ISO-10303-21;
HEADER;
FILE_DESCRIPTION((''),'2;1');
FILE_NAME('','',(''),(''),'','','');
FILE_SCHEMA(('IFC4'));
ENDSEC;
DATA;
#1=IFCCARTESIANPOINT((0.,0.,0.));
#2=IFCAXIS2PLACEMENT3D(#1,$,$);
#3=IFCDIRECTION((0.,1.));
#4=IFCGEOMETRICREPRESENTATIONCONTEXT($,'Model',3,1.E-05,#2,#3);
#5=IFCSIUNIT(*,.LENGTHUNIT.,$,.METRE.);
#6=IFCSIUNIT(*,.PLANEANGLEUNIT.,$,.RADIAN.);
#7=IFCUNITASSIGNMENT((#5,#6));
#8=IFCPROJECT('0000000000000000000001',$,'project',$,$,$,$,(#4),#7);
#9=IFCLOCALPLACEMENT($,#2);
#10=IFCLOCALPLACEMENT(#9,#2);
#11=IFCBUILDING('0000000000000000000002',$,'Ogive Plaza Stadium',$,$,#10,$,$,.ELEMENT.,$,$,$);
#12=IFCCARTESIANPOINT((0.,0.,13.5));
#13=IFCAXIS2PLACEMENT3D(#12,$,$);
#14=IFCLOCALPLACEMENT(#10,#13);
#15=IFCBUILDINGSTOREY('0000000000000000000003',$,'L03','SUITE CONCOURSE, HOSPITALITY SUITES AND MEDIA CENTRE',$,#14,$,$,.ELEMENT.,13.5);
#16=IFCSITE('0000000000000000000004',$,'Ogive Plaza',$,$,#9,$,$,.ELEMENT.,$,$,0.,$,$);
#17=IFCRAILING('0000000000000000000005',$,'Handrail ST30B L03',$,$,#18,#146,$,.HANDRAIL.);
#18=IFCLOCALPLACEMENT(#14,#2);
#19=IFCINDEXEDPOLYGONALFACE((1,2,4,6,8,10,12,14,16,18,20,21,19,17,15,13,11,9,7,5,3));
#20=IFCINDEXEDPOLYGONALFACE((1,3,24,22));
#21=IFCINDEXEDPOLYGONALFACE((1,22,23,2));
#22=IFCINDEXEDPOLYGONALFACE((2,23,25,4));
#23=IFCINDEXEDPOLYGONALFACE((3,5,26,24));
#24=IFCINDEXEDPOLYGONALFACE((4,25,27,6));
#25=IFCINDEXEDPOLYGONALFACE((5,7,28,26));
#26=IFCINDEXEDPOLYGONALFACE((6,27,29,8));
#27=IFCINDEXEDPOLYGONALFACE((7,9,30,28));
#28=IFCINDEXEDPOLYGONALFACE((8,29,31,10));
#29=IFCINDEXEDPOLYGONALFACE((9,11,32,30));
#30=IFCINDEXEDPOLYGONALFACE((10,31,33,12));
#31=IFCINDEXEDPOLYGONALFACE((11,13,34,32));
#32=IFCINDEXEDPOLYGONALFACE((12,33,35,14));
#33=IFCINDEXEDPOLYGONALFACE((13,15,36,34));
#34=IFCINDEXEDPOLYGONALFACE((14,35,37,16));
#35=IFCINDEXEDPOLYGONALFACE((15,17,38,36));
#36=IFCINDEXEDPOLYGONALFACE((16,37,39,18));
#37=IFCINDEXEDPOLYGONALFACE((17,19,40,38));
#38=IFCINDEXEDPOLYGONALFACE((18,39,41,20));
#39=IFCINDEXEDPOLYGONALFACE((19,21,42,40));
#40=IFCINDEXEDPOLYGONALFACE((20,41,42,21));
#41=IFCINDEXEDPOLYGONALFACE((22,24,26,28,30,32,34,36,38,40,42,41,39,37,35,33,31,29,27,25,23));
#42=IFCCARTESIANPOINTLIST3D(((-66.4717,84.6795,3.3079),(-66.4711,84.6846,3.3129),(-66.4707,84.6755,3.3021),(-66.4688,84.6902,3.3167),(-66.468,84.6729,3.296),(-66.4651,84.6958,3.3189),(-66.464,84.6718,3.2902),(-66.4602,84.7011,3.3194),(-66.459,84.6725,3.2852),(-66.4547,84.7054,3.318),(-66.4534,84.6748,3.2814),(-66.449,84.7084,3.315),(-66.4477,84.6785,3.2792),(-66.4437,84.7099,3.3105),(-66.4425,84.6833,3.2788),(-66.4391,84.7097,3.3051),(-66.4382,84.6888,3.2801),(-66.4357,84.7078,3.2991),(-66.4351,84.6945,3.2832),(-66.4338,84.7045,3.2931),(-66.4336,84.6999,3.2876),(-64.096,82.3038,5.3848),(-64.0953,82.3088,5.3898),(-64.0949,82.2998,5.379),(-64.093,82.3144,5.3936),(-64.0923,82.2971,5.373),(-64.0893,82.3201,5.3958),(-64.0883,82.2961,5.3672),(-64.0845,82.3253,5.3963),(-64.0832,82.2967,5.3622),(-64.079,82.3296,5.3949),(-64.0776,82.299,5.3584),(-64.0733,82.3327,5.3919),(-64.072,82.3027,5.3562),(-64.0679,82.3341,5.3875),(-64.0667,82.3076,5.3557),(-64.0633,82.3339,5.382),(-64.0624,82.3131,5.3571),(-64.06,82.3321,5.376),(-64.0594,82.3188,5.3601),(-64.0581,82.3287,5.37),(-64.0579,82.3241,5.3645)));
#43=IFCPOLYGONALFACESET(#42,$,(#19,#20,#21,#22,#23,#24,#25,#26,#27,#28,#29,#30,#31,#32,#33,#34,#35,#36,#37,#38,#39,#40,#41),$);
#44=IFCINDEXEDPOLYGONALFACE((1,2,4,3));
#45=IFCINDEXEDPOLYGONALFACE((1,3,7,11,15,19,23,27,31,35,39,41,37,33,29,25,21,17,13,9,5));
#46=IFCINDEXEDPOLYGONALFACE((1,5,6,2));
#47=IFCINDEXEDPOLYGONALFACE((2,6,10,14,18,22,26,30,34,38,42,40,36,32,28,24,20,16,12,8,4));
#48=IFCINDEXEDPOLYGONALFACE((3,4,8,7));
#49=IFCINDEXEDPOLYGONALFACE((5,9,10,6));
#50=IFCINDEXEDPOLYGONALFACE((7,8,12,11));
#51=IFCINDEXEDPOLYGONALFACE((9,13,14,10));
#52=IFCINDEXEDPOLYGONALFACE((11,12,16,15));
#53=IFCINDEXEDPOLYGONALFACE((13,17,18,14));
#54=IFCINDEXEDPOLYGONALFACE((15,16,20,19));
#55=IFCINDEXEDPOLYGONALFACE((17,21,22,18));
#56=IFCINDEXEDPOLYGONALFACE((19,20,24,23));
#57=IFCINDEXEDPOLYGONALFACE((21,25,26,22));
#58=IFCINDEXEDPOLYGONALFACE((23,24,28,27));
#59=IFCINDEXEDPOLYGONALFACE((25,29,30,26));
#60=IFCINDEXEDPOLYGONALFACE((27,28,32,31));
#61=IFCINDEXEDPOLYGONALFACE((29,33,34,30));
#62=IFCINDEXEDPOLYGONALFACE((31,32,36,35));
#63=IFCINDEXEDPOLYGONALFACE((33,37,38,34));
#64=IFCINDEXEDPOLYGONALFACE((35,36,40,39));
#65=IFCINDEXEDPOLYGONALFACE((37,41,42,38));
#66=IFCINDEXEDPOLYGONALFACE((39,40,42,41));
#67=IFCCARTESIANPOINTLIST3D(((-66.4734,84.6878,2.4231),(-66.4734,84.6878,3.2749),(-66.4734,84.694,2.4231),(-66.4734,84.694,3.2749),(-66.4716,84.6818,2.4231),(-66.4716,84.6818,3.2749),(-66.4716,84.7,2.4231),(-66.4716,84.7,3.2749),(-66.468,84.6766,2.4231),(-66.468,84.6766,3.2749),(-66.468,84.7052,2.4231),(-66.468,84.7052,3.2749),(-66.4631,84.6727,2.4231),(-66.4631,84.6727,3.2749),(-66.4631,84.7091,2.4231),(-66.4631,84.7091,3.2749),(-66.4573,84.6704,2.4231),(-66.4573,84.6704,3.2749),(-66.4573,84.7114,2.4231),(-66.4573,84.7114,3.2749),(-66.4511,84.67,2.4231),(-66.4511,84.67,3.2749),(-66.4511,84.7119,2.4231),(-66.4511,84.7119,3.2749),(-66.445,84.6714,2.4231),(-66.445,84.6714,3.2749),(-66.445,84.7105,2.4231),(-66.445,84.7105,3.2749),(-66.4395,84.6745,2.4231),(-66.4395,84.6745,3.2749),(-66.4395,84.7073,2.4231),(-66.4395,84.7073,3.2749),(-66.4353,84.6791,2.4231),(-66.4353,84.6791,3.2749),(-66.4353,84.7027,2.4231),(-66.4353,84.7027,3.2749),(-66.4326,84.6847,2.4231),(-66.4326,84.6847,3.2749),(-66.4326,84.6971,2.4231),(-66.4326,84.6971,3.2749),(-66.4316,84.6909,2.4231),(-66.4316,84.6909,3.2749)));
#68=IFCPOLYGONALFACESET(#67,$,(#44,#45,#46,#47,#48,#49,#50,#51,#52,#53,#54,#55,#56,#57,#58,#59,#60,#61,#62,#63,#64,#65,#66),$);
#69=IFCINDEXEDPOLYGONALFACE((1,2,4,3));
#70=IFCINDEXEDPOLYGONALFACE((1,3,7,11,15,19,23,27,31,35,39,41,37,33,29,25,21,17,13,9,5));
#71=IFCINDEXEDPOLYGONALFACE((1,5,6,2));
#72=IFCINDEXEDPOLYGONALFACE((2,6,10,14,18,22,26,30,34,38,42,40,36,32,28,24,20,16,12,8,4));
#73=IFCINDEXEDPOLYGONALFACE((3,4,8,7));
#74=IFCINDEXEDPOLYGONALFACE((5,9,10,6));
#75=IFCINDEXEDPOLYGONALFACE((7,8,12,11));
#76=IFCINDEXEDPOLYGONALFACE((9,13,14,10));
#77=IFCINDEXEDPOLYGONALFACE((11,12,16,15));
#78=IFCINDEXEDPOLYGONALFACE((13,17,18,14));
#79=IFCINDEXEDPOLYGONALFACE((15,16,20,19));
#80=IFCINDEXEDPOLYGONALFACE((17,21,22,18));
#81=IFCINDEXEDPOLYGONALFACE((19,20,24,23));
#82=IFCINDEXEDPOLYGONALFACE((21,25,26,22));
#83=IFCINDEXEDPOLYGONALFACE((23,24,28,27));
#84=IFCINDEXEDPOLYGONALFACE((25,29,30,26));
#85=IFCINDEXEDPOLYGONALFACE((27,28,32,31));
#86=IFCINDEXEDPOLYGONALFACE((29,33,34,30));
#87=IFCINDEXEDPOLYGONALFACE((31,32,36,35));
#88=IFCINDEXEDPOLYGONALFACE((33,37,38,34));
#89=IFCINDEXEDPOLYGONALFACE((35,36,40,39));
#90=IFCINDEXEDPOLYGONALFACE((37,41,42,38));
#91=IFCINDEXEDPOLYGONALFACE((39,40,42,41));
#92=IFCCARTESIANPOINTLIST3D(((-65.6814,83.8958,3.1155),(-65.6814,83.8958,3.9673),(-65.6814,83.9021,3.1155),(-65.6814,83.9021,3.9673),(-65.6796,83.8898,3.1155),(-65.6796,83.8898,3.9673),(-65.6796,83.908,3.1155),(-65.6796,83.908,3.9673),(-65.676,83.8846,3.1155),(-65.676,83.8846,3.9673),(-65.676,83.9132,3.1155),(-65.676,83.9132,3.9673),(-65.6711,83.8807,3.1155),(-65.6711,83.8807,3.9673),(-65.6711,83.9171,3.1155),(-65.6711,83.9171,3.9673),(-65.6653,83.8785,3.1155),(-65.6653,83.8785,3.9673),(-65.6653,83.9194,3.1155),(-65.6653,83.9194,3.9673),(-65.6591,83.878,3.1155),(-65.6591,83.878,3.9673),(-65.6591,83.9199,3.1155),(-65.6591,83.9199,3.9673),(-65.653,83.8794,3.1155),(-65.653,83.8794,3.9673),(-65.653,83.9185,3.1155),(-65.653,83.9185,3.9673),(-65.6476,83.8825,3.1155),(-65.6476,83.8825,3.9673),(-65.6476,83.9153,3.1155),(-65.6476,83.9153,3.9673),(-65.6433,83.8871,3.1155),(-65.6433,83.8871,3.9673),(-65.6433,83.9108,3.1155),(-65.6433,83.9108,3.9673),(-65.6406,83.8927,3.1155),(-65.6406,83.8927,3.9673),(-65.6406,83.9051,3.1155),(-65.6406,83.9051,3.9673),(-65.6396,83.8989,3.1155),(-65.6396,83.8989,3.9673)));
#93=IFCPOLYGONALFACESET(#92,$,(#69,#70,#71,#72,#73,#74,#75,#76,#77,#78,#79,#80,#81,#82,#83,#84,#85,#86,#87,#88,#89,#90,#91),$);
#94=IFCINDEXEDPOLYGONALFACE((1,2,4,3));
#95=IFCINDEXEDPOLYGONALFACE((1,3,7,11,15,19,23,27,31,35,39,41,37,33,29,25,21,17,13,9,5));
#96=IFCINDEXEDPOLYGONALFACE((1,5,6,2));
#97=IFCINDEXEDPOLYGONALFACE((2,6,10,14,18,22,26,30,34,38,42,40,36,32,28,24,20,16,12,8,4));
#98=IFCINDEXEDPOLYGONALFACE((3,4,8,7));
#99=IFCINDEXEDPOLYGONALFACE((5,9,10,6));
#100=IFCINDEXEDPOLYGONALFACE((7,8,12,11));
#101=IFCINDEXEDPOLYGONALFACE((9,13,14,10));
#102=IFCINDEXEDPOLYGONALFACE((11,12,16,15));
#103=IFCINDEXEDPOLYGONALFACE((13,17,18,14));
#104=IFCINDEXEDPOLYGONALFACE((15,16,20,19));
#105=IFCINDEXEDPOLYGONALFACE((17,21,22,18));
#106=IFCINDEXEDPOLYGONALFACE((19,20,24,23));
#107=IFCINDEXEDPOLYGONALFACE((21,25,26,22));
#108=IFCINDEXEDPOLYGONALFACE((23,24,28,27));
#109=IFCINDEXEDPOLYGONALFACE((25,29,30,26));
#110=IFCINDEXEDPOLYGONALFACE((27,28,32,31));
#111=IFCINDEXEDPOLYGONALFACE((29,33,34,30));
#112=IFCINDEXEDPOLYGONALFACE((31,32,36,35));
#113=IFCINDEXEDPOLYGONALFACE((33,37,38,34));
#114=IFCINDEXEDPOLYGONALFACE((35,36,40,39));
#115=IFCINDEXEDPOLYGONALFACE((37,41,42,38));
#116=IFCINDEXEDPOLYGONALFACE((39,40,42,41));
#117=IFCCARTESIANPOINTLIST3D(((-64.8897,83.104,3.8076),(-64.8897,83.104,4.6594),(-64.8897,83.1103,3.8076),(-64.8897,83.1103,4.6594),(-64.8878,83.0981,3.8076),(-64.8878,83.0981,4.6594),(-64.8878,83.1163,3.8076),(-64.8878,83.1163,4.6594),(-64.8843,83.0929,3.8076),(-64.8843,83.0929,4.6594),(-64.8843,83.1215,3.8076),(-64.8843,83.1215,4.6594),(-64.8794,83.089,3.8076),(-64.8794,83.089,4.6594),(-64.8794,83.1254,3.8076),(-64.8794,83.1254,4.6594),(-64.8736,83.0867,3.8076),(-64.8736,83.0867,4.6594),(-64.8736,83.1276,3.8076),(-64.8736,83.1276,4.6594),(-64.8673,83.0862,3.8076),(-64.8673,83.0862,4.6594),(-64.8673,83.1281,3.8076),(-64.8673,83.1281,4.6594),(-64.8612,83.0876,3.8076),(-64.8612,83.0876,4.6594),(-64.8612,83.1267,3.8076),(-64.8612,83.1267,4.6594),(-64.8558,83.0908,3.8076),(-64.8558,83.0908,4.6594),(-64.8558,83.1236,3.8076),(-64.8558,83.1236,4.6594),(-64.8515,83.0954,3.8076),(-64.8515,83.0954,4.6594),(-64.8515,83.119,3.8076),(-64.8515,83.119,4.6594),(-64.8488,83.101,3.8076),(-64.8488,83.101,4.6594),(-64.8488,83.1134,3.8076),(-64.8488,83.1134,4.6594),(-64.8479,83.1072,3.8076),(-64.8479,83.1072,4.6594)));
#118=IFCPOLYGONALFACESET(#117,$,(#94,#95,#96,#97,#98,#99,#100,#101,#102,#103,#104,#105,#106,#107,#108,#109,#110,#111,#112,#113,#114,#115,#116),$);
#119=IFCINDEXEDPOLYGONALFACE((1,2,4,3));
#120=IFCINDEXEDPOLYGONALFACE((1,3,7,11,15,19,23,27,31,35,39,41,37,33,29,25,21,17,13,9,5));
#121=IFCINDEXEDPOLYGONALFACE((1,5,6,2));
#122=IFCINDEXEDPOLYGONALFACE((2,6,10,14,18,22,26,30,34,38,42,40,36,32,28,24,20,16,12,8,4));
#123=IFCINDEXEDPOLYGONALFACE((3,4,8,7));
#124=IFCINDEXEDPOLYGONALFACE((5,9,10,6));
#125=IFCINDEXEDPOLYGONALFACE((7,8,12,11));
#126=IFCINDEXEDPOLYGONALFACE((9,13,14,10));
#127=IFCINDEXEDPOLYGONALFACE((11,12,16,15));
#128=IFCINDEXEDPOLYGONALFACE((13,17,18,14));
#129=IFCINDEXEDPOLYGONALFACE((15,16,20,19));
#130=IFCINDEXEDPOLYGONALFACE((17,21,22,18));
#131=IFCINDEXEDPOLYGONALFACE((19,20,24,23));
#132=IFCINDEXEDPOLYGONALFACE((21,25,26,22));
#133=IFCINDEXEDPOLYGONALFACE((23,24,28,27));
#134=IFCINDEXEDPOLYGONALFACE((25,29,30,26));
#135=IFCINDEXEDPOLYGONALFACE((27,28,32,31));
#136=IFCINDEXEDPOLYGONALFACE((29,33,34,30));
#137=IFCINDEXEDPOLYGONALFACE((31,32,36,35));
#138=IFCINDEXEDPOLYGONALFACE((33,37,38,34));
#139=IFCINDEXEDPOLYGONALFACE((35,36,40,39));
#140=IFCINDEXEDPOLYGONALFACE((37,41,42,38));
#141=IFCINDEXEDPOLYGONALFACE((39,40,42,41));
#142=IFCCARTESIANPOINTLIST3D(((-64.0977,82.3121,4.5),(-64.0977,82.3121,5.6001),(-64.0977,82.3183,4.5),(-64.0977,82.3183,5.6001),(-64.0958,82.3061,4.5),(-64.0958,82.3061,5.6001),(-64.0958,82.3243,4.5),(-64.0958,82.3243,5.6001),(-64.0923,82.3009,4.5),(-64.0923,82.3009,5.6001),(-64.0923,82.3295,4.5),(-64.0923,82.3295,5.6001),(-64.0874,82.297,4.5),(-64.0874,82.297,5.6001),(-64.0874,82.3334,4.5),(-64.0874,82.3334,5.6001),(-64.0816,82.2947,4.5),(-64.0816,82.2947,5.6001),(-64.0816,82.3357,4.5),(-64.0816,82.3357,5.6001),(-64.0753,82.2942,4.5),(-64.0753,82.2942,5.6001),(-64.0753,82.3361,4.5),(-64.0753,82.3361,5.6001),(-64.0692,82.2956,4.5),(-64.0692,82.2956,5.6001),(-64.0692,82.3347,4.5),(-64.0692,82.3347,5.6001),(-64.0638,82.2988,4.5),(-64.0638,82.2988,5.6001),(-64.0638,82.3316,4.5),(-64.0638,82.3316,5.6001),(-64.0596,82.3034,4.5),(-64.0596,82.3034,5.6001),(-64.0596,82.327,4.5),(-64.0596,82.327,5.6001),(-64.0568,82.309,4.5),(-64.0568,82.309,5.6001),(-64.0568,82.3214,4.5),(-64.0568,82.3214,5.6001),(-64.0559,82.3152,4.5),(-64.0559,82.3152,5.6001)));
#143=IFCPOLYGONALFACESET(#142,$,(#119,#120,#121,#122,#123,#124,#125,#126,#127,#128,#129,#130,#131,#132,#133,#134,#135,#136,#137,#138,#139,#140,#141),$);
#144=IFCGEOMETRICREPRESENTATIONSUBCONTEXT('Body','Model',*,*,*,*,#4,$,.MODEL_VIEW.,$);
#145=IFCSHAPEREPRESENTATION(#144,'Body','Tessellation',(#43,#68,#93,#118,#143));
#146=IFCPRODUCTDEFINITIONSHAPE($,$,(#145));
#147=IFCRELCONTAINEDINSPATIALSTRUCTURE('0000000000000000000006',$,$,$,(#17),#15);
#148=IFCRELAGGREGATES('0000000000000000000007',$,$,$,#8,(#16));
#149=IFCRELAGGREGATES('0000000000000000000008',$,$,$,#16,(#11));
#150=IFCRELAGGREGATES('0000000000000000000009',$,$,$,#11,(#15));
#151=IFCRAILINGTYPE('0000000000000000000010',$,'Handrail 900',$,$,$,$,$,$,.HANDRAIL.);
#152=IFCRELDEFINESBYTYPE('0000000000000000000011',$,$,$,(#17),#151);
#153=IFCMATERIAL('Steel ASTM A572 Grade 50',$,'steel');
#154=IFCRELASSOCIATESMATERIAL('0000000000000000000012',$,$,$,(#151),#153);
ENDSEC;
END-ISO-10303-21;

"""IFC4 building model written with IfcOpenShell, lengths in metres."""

from ifc_helpers import new_model, si_unit, direction, frame, origin, origin_2d, place, context, subcontext, project, spatial, circle, extrude, material, type_object, element, save


model = new_model("IFC4")

# Units and contexts
model_context = context("Model", 3, precision=1e-05, world=origin(), true_north=direction((0.0, 1.0)))
body_context = subcontext(model_context, "Body", "Model", "MODEL_VIEW")
ifc_project = project(units=[si_unit("LENGTHUNIT", "METRE"), si_unit("PLANEANGLEUNIT", "RADIAN")], contexts=[model_context])

# Site, building, storey
site_placement = place(None, origin())
site = spatial("IfcSite", under=ifc_project, at=site_placement, Name="Ogive Plaza", CompositionType="ELEMENT", RefElevation=0.0)
building_placement = place(site_placement, origin())
building = spatial("IfcBuilding", under=site, at=building_placement, Name="Ogive Plaza Stadium", CompositionType="ELEMENT")
storey_placement = place(building_placement, frame((0.0, 0.0, 13.5)))
storey = spatial("IfcBuildingStorey", under=building, at=storey_placement, Name="L03", Description="SUITE CONCOURSE, HOSPITALITY SUITES AND MEDIA CENTRE", CompositionType="ELEMENT", Elevation=13.5)

# Railing
ifc_material_1 = material(Name="Steel ASTM A572 Grade 50", Category="steel")
railing_type_1 = type_object("IfcRailingType", Name="Handrail 900", PredefinedType="HANDRAIL", material=ifc_material_1)
for number, where, name in (
    (1, (-66.4526, 84.6909, 2.4231), "Handrail ST30B L03"),
):
    element("IfcRailing", number, at=place(storey_placement, frame(where)), inside=storey, type_object=railing_type_1, Name=name, PredefinedType="HANDRAIL", context=body_context, shape_type="SweptSolid", body=[
        extrude(circle(Radius=0.0239, at=origin_2d()), frame((0.0, 0.0, 0.876), z_axis=(0.601466, -0.601466, 0.525811), x_axis=(0.707107, 0.707107, 0.0)), (0.0, 0.0, 1.0), 3.95),
        extrude(circle(Radius=0.021, at=origin_2d()), origin(), (0.0, 0.0, 1.0), 0.8518),
        extrude(circle(Radius=0.021, at=origin_2d()), frame((0.792, -0.792, 0.6924)), (0.0, 0.0, 1.0), 0.8518),
        extrude(circle(Radius=0.021, at=origin_2d()), frame((1.5837, -1.5837, 1.3845)), (0.0, 0.0, 1.0), 0.8518),
        extrude(circle(Radius=0.021, at=origin_2d()), frame((2.3757, -2.3757, 2.0769)), (0.0, 0.0, 1.0), 1.1001),
    ])

save(model, "model.ifc")
